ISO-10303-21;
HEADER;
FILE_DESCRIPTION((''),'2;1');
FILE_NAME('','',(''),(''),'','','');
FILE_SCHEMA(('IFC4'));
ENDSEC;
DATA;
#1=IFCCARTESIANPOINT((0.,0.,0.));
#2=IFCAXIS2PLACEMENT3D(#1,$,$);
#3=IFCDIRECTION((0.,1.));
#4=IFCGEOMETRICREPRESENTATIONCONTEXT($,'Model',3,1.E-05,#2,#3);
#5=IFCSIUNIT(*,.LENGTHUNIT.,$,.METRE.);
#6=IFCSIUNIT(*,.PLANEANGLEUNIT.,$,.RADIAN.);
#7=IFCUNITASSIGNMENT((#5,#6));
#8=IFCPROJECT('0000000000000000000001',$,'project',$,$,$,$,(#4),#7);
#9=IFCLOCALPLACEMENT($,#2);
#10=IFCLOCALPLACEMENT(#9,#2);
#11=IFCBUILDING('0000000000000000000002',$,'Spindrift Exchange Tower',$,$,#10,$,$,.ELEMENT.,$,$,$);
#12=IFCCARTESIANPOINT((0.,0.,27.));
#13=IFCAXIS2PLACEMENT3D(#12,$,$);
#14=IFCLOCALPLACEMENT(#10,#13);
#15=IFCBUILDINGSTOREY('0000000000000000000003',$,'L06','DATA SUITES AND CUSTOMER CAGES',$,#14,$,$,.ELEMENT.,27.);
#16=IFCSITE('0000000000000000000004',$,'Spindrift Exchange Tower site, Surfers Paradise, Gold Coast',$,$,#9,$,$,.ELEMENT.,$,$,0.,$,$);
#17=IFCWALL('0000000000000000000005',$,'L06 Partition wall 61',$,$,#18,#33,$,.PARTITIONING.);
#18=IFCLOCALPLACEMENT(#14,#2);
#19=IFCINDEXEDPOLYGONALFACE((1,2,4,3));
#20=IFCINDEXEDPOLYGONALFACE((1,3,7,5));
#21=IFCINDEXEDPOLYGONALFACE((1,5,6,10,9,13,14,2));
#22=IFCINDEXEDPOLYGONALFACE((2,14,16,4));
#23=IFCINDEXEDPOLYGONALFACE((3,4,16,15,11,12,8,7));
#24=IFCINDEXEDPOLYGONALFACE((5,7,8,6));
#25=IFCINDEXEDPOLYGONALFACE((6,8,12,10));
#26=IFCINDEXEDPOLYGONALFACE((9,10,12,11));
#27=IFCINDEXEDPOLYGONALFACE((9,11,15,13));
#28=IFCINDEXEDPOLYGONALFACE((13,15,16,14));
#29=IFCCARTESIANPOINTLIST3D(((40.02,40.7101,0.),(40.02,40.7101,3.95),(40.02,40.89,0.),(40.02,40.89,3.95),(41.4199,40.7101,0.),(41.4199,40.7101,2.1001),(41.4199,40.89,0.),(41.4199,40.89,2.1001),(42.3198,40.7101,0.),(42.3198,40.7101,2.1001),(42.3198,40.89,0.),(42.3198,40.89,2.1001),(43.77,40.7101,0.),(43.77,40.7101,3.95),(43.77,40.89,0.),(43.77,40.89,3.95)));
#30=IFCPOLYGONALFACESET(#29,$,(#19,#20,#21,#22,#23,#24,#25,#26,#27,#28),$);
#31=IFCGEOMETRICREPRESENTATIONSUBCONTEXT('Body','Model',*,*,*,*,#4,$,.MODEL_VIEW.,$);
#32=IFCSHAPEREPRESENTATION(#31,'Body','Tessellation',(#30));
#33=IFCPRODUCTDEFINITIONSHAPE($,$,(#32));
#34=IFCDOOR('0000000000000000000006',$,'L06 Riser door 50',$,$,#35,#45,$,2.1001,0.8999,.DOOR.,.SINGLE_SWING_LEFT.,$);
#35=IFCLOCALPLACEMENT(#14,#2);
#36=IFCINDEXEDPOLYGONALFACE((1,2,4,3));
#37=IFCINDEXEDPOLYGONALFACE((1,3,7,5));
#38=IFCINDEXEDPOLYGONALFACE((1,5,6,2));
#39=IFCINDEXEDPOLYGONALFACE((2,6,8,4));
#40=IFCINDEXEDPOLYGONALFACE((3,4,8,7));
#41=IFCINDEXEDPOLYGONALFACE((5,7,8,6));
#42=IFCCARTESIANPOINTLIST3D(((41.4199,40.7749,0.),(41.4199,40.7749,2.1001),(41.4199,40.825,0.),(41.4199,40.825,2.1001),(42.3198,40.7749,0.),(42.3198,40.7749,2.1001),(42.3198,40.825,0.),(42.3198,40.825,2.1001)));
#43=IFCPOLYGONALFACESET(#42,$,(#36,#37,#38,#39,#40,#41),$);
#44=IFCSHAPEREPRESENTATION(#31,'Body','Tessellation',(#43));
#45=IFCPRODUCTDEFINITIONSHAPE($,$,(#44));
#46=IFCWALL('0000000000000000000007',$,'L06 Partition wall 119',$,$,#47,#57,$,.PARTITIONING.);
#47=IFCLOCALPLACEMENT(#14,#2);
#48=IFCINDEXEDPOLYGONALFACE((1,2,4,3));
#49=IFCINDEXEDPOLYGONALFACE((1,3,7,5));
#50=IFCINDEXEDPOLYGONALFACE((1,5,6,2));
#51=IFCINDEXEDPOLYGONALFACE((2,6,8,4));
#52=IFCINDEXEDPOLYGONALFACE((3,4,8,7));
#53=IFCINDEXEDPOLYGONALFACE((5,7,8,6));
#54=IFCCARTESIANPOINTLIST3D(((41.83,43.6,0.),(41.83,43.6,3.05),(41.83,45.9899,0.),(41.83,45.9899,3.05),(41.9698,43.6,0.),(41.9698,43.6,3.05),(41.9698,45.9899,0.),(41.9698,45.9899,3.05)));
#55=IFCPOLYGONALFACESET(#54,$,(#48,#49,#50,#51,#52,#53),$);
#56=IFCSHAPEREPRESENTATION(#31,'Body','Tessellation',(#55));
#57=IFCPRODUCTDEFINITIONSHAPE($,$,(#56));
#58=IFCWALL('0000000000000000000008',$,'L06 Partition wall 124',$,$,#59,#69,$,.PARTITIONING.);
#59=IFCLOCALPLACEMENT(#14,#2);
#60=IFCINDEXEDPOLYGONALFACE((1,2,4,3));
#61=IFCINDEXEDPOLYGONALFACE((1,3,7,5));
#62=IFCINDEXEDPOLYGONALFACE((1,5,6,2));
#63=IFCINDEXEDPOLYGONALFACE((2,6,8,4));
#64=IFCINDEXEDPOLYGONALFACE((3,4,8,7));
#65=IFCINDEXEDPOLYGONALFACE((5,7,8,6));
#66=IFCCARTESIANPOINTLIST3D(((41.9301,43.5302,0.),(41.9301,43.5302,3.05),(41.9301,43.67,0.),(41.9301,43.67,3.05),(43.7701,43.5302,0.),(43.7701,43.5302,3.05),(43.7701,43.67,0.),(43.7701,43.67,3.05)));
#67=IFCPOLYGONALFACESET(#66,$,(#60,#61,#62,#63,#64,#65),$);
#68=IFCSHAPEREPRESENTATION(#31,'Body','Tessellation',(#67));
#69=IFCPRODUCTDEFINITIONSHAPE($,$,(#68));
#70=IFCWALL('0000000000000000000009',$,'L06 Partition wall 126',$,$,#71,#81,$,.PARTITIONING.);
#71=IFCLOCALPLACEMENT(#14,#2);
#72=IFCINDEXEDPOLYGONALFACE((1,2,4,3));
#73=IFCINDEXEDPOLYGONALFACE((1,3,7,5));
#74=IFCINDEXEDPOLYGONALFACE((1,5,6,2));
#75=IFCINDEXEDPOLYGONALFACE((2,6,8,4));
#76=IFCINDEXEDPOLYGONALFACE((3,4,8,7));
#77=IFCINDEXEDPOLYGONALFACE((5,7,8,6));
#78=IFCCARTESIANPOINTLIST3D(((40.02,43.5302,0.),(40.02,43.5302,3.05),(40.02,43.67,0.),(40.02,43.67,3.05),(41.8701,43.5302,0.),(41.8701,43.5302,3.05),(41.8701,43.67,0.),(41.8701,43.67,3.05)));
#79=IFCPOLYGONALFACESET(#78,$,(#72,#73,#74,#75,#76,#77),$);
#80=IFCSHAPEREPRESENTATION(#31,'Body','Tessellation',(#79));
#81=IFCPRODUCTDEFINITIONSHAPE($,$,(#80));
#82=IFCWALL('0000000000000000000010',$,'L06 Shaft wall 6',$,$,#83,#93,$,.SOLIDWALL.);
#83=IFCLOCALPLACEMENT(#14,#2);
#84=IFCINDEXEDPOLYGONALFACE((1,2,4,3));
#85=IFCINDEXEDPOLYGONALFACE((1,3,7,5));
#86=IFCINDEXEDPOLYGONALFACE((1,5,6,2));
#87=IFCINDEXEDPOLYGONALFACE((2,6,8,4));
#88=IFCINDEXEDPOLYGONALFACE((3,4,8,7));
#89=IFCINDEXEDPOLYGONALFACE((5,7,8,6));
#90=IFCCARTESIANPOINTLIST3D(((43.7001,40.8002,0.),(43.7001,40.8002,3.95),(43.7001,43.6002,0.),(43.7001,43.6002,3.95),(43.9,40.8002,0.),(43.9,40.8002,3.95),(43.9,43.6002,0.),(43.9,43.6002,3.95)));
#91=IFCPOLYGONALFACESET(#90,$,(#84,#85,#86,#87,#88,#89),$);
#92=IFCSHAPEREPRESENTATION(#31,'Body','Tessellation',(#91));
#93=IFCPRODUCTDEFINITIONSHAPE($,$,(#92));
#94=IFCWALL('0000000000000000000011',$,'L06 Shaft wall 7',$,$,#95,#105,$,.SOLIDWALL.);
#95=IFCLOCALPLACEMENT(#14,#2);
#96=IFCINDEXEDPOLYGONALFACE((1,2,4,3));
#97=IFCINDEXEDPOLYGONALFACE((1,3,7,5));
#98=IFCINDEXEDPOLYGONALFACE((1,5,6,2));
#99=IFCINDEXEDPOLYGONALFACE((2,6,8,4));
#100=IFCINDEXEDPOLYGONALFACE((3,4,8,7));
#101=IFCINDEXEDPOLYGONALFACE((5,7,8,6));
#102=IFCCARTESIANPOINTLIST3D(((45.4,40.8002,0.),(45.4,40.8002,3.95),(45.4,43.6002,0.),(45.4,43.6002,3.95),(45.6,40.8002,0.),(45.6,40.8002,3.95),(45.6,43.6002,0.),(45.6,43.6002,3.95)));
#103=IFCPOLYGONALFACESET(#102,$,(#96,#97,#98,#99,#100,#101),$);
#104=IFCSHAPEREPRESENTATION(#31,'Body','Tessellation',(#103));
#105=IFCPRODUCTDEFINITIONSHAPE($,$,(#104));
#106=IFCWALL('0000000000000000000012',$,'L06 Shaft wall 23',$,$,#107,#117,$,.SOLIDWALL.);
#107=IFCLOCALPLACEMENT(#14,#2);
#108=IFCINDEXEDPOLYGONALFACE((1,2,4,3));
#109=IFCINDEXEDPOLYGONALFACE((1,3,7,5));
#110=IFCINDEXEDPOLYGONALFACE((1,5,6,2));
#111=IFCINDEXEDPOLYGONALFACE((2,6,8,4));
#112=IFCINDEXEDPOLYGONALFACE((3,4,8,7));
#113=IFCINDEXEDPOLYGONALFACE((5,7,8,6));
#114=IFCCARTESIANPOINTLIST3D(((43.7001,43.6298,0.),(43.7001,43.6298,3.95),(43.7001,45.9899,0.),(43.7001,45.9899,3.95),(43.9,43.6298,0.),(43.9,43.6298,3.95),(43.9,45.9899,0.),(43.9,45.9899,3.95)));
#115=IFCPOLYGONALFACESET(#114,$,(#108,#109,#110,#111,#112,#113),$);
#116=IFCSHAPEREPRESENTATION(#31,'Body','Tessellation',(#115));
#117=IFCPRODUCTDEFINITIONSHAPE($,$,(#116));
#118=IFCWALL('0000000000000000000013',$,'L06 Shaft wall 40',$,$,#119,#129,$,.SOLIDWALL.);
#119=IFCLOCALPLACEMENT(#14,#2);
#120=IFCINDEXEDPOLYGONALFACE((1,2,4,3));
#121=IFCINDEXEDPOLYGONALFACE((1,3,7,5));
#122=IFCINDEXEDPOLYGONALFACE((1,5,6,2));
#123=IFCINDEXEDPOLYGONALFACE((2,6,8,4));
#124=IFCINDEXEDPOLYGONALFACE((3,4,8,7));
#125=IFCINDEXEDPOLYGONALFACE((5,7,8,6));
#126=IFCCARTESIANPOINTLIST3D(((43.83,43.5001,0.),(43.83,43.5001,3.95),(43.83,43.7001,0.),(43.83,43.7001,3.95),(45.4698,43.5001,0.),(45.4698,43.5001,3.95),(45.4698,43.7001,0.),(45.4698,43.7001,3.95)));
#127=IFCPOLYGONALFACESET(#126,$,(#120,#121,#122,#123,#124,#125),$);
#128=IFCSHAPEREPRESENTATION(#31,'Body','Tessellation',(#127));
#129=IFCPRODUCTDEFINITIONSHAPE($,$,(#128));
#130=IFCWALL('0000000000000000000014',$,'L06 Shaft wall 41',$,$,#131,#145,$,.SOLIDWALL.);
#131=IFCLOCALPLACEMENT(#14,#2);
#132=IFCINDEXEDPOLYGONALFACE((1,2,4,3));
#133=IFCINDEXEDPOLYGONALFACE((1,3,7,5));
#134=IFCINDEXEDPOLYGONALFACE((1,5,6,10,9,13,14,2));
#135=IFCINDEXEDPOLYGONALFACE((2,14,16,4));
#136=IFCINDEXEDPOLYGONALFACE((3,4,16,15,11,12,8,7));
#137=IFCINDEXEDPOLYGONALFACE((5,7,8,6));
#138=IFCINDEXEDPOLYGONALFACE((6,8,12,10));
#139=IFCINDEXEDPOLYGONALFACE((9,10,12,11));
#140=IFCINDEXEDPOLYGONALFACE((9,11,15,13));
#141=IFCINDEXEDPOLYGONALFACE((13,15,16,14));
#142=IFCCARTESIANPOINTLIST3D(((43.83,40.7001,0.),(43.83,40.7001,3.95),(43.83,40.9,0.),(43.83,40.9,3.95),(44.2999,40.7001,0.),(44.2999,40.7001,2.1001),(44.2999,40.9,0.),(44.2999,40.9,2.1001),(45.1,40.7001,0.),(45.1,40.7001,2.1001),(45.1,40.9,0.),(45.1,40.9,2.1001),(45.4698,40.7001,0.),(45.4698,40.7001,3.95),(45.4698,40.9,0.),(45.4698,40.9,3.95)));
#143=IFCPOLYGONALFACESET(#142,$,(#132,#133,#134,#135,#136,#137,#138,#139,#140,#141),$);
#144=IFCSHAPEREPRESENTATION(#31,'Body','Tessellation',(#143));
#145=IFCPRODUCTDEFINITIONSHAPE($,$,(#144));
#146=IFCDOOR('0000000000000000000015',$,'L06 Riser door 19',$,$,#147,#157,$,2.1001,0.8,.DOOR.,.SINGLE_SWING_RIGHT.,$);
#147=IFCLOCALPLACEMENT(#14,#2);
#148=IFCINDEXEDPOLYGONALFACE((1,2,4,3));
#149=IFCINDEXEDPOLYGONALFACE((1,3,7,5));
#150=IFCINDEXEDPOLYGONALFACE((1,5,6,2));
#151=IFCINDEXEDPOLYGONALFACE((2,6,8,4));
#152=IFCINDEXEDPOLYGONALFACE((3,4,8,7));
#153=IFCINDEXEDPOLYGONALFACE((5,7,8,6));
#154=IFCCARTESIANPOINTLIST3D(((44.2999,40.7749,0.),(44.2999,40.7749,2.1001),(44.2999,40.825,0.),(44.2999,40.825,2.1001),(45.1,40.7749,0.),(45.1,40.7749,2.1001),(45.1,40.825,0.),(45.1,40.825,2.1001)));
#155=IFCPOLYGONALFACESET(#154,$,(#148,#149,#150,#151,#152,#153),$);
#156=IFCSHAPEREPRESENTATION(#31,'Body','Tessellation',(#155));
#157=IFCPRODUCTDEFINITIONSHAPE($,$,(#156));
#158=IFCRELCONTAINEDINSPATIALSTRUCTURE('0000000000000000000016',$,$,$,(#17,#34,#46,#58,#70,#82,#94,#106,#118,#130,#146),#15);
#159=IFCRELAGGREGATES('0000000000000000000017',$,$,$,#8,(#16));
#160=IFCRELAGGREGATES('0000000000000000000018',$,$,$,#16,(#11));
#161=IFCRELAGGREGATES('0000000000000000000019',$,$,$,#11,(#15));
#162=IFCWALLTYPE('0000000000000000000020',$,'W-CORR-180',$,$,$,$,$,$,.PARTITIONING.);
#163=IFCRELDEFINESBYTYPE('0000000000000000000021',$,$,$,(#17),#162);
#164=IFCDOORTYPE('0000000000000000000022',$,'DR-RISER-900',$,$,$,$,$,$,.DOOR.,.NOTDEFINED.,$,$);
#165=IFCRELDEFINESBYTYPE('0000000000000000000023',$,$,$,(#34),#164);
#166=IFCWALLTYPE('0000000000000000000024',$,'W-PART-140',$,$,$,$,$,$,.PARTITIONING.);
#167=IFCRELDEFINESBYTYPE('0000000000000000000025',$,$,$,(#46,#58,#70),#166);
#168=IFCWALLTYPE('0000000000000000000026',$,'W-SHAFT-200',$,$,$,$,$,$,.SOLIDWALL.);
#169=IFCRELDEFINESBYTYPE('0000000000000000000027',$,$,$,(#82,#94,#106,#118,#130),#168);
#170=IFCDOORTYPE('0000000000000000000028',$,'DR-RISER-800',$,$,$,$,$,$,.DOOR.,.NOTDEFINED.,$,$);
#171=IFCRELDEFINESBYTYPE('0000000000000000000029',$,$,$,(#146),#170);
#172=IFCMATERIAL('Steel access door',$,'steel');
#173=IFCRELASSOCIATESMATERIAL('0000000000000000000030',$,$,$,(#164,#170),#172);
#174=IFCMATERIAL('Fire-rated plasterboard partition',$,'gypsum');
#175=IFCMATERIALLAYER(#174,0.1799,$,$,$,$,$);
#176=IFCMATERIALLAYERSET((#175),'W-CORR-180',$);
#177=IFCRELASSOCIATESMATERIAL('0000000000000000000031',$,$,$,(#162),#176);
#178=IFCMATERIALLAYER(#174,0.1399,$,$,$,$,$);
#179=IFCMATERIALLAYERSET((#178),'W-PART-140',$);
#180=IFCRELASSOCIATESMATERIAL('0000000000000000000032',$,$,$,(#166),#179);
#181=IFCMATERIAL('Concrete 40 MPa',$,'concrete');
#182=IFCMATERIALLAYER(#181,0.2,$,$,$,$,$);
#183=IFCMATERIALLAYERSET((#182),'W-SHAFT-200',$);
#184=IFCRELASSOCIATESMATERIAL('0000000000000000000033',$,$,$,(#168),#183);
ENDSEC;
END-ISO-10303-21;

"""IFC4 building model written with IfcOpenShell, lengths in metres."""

from ifc_helpers import new_model, si_unit, direction, frame, frame_2d, origin, place, context, subcontext, project, spatial, rectangle, extrude, source, transform, mapped, material, layer, layer_set, type_object, element, fill, save


model = new_model("IFC4")

# Units and contexts
model_context = context("Model", 3, precision=1e-05, world=origin(), true_north=direction((0.0, 1.0)))
body_context = subcontext(model_context, "Body", "Model", "MODEL_VIEW")
ifc_project = project(units=[si_unit("LENGTHUNIT", "METRE"), si_unit("PLANEANGLEUNIT", "RADIAN")], contexts=[model_context])

# Site, building, storey
site_placement = place(None, origin())
site = spatial("IfcSite", under=ifc_project, at=site_placement, Name="Spindrift Exchange Tower site, Surfers Paradise, Gold Coast", CompositionType="ELEMENT", RefElevation=0.0)
building_placement = place(site_placement, origin())
building = spatial("IfcBuilding", under=site, at=building_placement, Name="Spindrift Exchange Tower", CompositionType="ELEMENT")
storey_placement = place(building_placement, frame((0.0, 0.0, 27.0)))
storey = spatial("IfcBuildingStorey", under=building, at=storey_placement, Name="L06", Description="DATA SUITES AND CUSTOMER CAGES", CompositionType="ELEMENT", Elevation=27.0)

# Shared definitions
ifc_material_1 = material(Name="Steel access door", Category="steel")
door_type_1 = type_object("IfcDoorType", Name="DR-RISER-900", OperationType="NOTDEFINED", PredefinedType="DOOR", material=ifc_material_1)
shared_shape_1 = source(origin(), body_context, "Body", "SweptSolid", [
    extrude(rectangle(XDim=0.8999, YDim=2.1001, at=frame_2d((0.45, 1.05))), frame((0.0, 0.0249, 0.0), z_axis=(0.0, -1.0, 0.0), x_axis=(1.0, 0.0, 0.0)), (0.0, 0.0, 1.0), 0.05),
])

# Wall, opening, door
ifc_material_2 = material(Name="Fire-rated plasterboard partition", Category="gypsum")
ifc_layer_1 = layer(ifc_material_2, 0.1799)
ifc_layer_set_1 = layer_set([ifc_layer_1], Name="W-CORR-180")
wall_type_1 = type_object("IfcWallType", Name="W-CORR-180", PredefinedType="PARTITIONING", material=ifc_layer_set_1)
wall_1_placement = place(storey_placement, frame((40.02, 40.8, 0.0), z_axis=(0.0, 0.0, 1.0), x_axis=(1.0, 0.0, 0.0)))
wall_1 = element("IfcWall", 1, at=wall_1_placement, inside=storey, type_object=wall_type_1, Name="L06 Partition wall 61", PredefinedType="PARTITIONING", context=body_context, shape_type="SweptSolid", body=[
    extrude(rectangle(XDim=3.75, YDim=0.1799, at=frame_2d((1.875, 0.0))), origin(), (0.0, 0.0, 1.0), 3.95),
])
opening_1_placement = place(wall_1_placement, frame((1.3999, 0.0, 0.0)))
opening_1 = element("IfcOpeningElement", 2, at=opening_1_placement, cuts=wall_1, PredefinedType="OPENING", context=body_context, shape_type="SweptSolid", body=[
    extrude(rectangle(XDim=0.8999, YDim=2.1001, at=frame_2d((0.45, 1.05))), frame((0.0, 0.0999, 0.0), z_axis=(0.0, -1.0, 0.0), x_axis=(1.0, 0.0, 0.0)), (0.0, 0.0, 1.0), 0.2),
])
door_1_placement = place(opening_1_placement, origin())
door_1 = element("IfcDoor", 3, at=door_1_placement, inside=storey, type_object=door_type_1, Name="L06 Riser door 50", OperationType="SINGLE_SWING_LEFT", OverallHeight=2.1001, OverallWidth=0.8999, PredefinedType="DOOR", context=body_context, shape_type="MappedRepresentation", body=[
    mapped(shared_shape_1, transform((0.0, 0.0, 0.0), scale=1.0)),
])
fill(opening_1, door_1)

# Walls
ifc_layer_2 = layer(ifc_material_2, 0.1399)
ifc_layer_set_2 = layer_set([ifc_layer_2], Name="W-PART-140")
wall_type_2 = type_object("IfcWallType", Name="W-PART-140", PredefinedType="PARTITIONING", material=ifc_layer_set_2)
wall_2_placement = place(storey_placement, frame((41.8999, 43.6001, 0.0), z_axis=(0.0, 0.0, 1.0), x_axis=(0.0, 1.0, 0.0)))
element("IfcWall", 4, at=wall_2_placement, inside=storey, type_object=wall_type_2, Name="L06 Partition wall 119", PredefinedType="PARTITIONING", context=body_context, shape_type="SweptSolid", body=[
    extrude(rectangle(XDim=2.3899, YDim=0.1399, at=frame_2d((1.1948, 0.0))), origin(), (0.0, 0.0, 1.0), 3.05),
])
wall_3_placement = place(storey_placement, frame((43.77, 43.6001, 0.0), z_axis=(0.0, 0.0, 1.0), x_axis=(-1.0, 0.0, 0.0)))
element("IfcWall", 5, at=wall_3_placement, inside=storey, type_object=wall_type_2, Name="L06 Partition wall 124", PredefinedType="PARTITIONING", context=body_context, shape_type="SweptSolid", body=[
    extrude(rectangle(XDim=1.8401, YDim=0.1399, at=frame_2d((0.9199, 0.0))), origin(), (0.0, 0.0, 1.0), 3.05),
])
wall_4_placement = place(storey_placement, frame((41.8701, 43.6001, 0.0), z_axis=(0.0, 0.0, 1.0), x_axis=(-1.0, 0.0, 0.0)))
element("IfcWall", 6, at=wall_4_placement, inside=storey, type_object=wall_type_2, Name="L06 Partition wall 126", PredefinedType="PARTITIONING", context=body_context, shape_type="SweptSolid", body=[
    extrude(rectangle(XDim=1.8501, YDim=0.1399, at=frame_2d((0.925, 0.0))), origin(), (0.0, 0.0, 1.0), 3.05),
])
ifc_material_3 = material(Name="Concrete 40 MPa", Category="concrete")
ifc_layer_3 = layer(ifc_material_3, 0.2)
ifc_layer_set_3 = layer_set([ifc_layer_3], Name="W-SHAFT-200")
wall_type_3 = type_object("IfcWallType", Name="W-SHAFT-200", PredefinedType="SOLIDWALL", material=ifc_layer_set_3)
for number, where, z_axis, x_axis, name in (
    (7, (43.8, 43.6001, 0.0), (0.0, 0.0, 1.0), (0.0, -1.0, 0.0), "L06 Shaft wall 6"),
    (8, (45.5, 43.6001, 0.0), (0.0, 0.0, 1.0), (0.0, -1.0, 0.0), "L06 Shaft wall 7"),
):
    element("IfcWall", number, at=place(storey_placement, frame(where, z_axis=z_axis, x_axis=x_axis)), inside=storey, type_object=wall_type_3, Name=name, PredefinedType="SOLIDWALL", context=body_context, shape_type="SweptSolid", body=[
        extrude(rectangle(XDim=2.8, YDim=0.2, at=frame_2d((1.3999, 0.0))), origin(), (0.0, 0.0, 1.0), 3.95),
    ])
wall_5_placement = place(storey_placement, frame((43.8, 45.99, 0.0), z_axis=(0.0, 0.0, 1.0), x_axis=(0.0, -1.0, 0.0)))
element("IfcWall", 9, at=wall_5_placement, inside=storey, type_object=wall_type_3, Name="L06 Shaft wall 23", PredefinedType="SOLIDWALL", context=body_context, shape_type="SweptSolid", body=[
    extrude(rectangle(XDim=2.3601, YDim=0.2, at=frame_2d((1.1802, 0.0))), origin(), (0.0, 0.0, 1.0), 3.95),
])
wall_6_placement = place(storey_placement, frame((43.8301, 43.6001, 0.0), z_axis=(0.0, 0.0, 1.0), x_axis=(1.0, 0.0, 0.0)))
element("IfcWall", 10, at=wall_6_placement, inside=storey, type_object=wall_type_3, Name="L06 Shaft wall 40", PredefinedType="SOLIDWALL", context=body_context, shape_type="SweptSolid", body=[
    extrude(rectangle(XDim=1.6399, YDim=0.2, at=frame_2d((0.8198, 0.0))), origin(), (0.0, 0.0, 1.0), 3.95),
])

# Wall, opening, door
wall_7_placement = place(storey_placement, frame((43.8301, 40.8, 0.0), z_axis=(0.0, 0.0, 1.0), x_axis=(1.0, 0.0, 0.0)))
wall_7 = element("IfcWall", 11, at=wall_7_placement, inside=storey, type_object=wall_type_3, Name="L06 Shaft wall 41", PredefinedType="SOLIDWALL", context=body_context, shape_type="SweptSolid", body=[
    extrude(rectangle(XDim=1.6399, YDim=0.2, at=frame_2d((0.8198, 0.0))), origin(), (0.0, 0.0, 1.0), 3.95),
])
opening_2_placement = place(wall_7_placement, frame((0.47, 0.0, 0.0)))
opening_2 = element("IfcOpeningElement", 12, at=opening_2_placement, cuts=wall_7, PredefinedType="OPENING", context=body_context, shape_type="SweptSolid", body=[
    extrude(rectangle(XDim=0.8, YDim=2.1001, at=frame_2d((0.3999, 1.05))), frame((0.0, 0.1099, 0.0), z_axis=(0.0, -1.0, 0.0), x_axis=(1.0, 0.0, 0.0)), (0.0, 0.0, 1.0), 0.22),
])
door_type_2 = type_object("IfcDoorType", Name="DR-RISER-800", OperationType="NOTDEFINED", PredefinedType="DOOR", material=ifc_material_1)
shared_shape_2 = source(origin(), body_context, "Body", "SweptSolid", [
    extrude(rectangle(XDim=0.8, YDim=2.1001, at=frame_2d((0.3999, 1.05))), frame((0.0, 0.0249, 0.0), z_axis=(0.0, -1.0, 0.0), x_axis=(1.0, 0.0, 0.0)), (0.0, 0.0, 1.0), 0.05),
])
door_2_placement = place(opening_2_placement, origin())
door_2 = element("IfcDoor", 13, at=door_2_placement, inside=storey, type_object=door_type_2, Name="L06 Riser door 19", OperationType="SINGLE_SWING_RIGHT", OverallHeight=2.1001, OverallWidth=0.8, PredefinedType="DOOR", context=body_context, shape_type="MappedRepresentation", body=[
    mapped(shared_shape_2, transform((0.0, 0.0, 0.0), scale=1.0)),
])
fill(opening_2, door_2)

save(model, "model.ifc")
